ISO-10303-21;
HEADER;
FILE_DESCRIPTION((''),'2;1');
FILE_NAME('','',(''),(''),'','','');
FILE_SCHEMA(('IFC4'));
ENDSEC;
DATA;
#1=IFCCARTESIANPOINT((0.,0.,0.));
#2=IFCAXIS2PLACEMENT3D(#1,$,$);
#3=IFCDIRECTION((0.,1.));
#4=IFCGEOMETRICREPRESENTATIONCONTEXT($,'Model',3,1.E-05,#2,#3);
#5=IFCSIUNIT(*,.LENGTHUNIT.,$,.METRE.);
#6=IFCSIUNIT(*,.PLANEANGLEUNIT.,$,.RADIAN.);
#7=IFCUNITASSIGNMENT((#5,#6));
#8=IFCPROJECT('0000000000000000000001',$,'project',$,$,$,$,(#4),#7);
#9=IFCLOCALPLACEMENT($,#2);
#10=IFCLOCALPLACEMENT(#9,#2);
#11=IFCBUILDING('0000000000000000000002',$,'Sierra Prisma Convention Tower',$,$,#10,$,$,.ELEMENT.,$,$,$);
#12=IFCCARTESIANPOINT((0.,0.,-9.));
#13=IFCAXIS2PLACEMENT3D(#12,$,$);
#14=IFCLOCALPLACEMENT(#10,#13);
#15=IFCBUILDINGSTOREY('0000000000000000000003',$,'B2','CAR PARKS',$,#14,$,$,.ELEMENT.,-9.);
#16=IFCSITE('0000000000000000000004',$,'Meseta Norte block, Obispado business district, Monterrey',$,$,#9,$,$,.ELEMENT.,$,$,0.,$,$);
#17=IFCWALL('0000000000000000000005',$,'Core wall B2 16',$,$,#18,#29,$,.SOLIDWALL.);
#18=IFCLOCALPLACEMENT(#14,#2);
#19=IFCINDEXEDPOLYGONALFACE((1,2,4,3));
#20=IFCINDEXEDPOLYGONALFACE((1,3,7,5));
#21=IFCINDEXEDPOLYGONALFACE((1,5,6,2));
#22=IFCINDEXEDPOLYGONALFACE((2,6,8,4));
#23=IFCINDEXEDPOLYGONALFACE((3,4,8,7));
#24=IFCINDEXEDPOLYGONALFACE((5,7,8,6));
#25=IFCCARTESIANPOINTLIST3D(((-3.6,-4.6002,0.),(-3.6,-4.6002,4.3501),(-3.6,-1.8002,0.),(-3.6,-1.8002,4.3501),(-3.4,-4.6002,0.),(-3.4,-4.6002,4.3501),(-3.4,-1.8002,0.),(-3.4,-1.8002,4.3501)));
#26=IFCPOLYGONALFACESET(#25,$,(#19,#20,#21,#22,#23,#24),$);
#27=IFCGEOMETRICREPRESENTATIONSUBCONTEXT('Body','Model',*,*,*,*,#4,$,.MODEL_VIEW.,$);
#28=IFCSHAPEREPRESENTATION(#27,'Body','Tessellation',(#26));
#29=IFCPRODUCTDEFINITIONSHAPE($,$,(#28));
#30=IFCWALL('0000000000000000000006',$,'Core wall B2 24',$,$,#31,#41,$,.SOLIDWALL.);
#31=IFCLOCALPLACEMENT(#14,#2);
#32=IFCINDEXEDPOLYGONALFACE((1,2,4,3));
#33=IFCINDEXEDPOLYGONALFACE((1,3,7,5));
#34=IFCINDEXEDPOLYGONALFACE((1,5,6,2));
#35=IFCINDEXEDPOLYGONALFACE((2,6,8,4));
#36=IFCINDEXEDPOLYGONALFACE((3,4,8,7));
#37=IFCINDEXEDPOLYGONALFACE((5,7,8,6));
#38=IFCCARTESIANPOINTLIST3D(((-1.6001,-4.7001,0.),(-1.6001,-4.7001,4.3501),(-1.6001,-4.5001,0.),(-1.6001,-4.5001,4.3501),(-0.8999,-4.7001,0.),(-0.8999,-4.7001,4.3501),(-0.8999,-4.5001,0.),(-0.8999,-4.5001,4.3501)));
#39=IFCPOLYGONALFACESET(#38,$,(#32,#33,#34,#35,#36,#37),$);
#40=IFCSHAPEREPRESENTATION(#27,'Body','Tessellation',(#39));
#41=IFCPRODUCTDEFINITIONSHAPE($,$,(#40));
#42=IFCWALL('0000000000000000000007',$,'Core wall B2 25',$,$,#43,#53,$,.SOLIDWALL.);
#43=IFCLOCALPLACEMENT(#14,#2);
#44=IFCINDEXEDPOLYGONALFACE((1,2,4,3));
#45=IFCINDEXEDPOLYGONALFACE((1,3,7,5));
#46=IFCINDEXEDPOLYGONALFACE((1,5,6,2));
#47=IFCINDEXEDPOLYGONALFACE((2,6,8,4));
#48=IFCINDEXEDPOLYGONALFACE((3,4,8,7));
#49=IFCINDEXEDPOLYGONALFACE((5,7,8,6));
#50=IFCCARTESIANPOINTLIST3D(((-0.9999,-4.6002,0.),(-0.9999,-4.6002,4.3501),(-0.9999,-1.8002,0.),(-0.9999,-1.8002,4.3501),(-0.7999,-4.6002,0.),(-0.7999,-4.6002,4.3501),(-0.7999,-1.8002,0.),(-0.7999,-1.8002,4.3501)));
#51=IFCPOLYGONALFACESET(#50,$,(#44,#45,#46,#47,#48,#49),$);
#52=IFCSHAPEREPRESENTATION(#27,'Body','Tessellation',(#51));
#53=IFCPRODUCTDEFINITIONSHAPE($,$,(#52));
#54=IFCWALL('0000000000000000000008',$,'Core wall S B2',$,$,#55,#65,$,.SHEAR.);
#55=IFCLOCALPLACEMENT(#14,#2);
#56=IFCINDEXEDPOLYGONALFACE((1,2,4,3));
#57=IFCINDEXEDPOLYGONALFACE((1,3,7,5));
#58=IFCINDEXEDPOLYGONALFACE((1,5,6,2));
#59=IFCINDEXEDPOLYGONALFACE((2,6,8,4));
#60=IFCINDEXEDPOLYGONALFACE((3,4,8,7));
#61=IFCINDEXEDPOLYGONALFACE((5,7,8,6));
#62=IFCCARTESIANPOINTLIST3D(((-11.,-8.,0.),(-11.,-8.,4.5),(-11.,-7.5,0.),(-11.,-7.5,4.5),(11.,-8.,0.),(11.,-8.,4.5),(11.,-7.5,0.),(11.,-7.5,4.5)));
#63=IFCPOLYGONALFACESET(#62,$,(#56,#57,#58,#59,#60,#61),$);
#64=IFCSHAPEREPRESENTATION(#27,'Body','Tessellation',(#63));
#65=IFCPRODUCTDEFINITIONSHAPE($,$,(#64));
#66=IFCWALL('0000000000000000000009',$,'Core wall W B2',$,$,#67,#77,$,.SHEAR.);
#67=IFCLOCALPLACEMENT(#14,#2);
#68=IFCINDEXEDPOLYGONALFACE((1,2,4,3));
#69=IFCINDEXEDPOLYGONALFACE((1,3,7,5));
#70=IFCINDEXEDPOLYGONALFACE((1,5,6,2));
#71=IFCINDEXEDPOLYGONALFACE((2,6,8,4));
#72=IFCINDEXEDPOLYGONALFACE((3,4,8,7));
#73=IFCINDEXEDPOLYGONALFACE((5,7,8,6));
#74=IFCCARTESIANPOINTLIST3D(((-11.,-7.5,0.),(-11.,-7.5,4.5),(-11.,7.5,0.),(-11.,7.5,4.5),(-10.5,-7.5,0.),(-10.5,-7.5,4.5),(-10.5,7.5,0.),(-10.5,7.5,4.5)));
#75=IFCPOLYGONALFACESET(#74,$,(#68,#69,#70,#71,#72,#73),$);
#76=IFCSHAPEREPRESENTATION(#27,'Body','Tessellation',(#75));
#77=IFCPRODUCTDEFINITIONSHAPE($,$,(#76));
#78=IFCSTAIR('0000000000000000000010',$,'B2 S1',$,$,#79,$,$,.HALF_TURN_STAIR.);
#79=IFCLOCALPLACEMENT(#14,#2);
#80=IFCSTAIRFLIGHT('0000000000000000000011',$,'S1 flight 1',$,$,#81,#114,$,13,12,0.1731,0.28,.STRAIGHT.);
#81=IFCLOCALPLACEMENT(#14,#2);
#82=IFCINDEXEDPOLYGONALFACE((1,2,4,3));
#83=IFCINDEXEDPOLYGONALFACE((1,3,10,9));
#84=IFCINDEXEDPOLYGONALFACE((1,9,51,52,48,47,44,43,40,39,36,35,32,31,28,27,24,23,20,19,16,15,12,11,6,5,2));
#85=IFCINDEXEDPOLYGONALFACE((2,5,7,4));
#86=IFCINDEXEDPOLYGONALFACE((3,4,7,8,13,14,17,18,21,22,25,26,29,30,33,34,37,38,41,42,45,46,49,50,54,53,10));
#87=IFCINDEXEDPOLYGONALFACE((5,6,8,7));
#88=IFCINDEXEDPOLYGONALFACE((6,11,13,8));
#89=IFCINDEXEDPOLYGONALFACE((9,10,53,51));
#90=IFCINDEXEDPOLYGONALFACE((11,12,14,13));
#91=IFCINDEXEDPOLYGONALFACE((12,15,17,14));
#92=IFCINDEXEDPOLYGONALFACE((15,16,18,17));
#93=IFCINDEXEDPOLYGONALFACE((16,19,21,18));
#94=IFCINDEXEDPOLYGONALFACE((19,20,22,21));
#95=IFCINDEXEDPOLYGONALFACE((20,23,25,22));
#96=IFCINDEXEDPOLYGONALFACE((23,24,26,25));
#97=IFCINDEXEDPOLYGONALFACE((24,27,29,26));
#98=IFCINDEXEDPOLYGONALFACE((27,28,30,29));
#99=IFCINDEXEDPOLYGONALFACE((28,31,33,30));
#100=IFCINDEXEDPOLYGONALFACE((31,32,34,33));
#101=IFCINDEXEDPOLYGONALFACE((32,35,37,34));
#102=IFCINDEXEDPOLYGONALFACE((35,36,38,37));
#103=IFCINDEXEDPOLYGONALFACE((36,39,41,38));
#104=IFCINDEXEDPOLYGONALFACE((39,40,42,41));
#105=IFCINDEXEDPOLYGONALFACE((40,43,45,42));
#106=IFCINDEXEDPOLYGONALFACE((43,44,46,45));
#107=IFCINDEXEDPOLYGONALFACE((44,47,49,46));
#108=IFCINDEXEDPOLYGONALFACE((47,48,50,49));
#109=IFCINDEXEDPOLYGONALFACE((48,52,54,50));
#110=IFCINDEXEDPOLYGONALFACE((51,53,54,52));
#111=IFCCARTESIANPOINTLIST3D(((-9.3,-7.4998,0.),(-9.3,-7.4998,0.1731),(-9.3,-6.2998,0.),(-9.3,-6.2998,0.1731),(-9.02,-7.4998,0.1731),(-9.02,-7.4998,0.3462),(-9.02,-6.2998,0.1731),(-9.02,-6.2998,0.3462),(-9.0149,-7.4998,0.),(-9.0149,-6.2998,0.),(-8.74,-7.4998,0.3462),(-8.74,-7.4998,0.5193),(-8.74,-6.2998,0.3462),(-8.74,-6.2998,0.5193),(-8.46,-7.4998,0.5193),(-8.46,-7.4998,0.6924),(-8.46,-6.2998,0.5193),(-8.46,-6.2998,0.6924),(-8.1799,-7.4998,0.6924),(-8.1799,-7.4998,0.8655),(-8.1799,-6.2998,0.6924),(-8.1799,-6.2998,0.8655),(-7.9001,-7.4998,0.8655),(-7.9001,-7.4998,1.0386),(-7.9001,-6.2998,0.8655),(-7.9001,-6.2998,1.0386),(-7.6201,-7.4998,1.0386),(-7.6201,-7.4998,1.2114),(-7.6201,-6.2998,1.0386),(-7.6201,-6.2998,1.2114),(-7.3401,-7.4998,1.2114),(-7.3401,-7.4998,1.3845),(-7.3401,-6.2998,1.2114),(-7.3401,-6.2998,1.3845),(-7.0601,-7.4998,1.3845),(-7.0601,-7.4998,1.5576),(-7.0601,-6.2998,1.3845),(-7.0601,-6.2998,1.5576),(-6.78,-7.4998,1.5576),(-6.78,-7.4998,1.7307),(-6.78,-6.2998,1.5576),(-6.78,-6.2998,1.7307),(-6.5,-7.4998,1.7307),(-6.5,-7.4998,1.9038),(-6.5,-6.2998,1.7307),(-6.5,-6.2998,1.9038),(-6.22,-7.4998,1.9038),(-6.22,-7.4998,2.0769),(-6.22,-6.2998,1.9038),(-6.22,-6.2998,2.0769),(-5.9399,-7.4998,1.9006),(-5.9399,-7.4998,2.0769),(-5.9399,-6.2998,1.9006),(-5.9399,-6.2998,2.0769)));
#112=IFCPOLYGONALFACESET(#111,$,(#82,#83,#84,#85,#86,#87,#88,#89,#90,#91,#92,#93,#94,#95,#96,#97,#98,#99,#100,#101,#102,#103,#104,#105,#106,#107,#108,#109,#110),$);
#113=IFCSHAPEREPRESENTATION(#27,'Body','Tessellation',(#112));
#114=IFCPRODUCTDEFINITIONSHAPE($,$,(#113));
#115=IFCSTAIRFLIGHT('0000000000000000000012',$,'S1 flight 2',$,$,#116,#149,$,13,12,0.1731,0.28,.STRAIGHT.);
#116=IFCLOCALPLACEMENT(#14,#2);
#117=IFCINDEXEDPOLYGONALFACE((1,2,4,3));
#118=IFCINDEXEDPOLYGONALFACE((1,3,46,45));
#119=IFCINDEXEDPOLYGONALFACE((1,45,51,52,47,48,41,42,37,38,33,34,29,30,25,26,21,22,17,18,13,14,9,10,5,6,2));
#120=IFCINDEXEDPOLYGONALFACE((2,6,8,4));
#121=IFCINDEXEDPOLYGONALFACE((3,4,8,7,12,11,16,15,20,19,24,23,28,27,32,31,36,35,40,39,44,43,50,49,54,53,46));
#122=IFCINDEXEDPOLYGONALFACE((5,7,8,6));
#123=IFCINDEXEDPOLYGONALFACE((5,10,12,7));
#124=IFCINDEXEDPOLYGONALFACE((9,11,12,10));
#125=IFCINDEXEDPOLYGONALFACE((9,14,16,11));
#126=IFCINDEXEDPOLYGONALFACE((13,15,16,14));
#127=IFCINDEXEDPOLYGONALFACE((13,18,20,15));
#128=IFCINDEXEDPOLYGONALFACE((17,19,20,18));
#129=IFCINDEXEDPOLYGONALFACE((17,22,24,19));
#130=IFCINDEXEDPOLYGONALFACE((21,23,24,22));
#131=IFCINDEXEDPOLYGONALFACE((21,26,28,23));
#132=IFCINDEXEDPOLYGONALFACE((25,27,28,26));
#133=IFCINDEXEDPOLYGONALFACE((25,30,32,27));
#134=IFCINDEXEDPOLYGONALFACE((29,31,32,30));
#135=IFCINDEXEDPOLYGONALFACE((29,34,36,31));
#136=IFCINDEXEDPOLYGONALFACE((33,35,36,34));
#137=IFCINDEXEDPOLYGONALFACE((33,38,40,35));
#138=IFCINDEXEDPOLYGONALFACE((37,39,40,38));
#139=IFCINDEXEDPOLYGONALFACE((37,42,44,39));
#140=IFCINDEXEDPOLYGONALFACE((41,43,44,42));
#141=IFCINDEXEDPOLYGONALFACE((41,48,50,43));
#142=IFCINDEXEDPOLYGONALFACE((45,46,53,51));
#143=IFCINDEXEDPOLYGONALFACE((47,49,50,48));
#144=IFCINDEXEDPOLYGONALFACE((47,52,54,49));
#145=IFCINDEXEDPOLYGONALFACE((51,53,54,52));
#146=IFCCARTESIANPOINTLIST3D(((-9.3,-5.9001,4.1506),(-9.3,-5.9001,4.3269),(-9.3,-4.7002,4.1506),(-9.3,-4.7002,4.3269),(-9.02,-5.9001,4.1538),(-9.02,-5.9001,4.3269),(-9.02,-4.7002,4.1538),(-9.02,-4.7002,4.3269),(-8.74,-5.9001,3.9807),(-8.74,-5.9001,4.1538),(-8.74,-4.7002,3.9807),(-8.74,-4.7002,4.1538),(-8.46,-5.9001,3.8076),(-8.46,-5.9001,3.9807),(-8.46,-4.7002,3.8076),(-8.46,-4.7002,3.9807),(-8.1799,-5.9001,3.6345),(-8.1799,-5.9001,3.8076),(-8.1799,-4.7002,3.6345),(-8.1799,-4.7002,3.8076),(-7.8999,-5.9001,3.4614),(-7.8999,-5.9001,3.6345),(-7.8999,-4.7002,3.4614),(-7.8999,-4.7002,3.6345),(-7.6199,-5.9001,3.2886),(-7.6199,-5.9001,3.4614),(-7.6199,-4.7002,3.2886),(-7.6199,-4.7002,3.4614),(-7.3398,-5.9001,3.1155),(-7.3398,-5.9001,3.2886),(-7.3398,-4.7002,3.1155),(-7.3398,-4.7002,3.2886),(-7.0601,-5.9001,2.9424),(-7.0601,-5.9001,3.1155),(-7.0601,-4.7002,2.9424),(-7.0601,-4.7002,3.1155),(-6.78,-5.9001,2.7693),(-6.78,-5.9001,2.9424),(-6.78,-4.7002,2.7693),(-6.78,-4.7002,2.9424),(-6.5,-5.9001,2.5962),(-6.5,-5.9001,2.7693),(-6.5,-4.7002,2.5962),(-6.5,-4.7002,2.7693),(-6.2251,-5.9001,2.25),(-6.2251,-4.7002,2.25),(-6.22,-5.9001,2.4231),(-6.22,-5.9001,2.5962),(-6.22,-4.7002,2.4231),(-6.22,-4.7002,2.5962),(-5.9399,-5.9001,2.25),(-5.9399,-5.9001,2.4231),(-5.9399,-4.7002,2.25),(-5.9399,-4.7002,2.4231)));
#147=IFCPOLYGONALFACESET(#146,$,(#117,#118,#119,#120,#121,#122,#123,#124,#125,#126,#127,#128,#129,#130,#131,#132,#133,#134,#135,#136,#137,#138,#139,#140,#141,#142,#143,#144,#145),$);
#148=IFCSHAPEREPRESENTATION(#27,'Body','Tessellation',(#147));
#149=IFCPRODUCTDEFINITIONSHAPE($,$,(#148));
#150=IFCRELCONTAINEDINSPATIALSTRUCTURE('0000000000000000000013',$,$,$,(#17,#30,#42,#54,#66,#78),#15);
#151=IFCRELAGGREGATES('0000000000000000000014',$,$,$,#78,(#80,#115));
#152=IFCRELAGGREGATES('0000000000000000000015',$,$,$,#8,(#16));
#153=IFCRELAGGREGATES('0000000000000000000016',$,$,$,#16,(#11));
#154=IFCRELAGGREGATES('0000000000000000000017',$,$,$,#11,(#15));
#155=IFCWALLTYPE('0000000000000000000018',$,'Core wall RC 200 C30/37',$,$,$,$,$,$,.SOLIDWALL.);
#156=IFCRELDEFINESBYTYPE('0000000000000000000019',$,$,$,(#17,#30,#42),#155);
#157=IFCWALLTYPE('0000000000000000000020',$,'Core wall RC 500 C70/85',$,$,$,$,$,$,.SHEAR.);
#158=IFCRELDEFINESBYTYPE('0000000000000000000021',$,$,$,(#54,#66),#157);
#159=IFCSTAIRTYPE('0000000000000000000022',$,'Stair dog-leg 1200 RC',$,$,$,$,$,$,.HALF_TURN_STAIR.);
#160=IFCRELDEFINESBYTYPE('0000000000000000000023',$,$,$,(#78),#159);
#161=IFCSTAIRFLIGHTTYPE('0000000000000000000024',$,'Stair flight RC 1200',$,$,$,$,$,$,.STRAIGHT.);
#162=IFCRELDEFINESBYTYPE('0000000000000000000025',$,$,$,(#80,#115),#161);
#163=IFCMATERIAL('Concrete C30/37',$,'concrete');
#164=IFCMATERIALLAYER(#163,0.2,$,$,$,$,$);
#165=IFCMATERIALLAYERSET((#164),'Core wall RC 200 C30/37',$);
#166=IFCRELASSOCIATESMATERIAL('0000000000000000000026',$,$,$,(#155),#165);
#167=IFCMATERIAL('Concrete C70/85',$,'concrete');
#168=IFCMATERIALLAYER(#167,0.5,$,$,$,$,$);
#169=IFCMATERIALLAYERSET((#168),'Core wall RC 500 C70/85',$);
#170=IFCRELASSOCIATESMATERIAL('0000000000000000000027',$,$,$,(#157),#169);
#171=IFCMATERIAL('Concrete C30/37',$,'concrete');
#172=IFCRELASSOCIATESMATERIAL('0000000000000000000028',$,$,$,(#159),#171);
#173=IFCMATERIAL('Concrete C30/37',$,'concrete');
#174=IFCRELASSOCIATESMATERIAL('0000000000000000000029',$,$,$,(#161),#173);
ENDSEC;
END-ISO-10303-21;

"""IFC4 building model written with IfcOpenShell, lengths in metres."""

from ifc_helpers import new_model, si_unit, direction, frame, frame_2d, origin, place, context, subcontext, project, spatial, polyline, rectangle, outline, extrude, material, layer, layer_set, type_object, element, aggregate, save


model = new_model("IFC4")

# Units and contexts
model_context = context("Model", 3, precision=1e-05, world=origin(), true_north=direction((0.0, 1.0)))
body_context = subcontext(model_context, "Body", "Model", "MODEL_VIEW")
ifc_project = project(units=[si_unit("LENGTHUNIT", "METRE"), si_unit("PLANEANGLEUNIT", "RADIAN")], contexts=[model_context])

# Site, building, storey
site_placement = place(None, origin())
site = spatial("IfcSite", under=ifc_project, at=site_placement, Name="Meseta Norte block, Obispado business district, Monterrey", CompositionType="ELEMENT", RefElevation=0.0)
building_placement = place(site_placement, origin())
building = spatial("IfcBuilding", under=site, at=building_placement, Name="Sierra Prisma Convention Tower", CompositionType="ELEMENT")
storey_placement = place(building_placement, frame((0.0, 0.0, -9.0)))
storey = spatial("IfcBuildingStorey", under=building, at=storey_placement, Name="B2", Description="CAR PARKS", CompositionType="ELEMENT", Elevation=-9.0)

# Shared definitions
ifc_material_1 = material(Name="Concrete C30/37", Category="concrete")
ifc_layer_1 = layer(ifc_material_1, 0.2)
ifc_layer_set_1 = layer_set([ifc_layer_1], Name="Core wall RC 200 C30/37")
wall_type_1 = type_object("IfcWallType", Name="Core wall RC 200 C30/37", PredefinedType="SOLIDWALL", material=ifc_layer_set_1)

# Wall
wall_1_placement = place(storey_placement, frame((-3.5, -4.6001, 0.0), z_axis=(0.0, 0.0, 1.0), x_axis=(0.0, 1.0, 0.0)))
element("IfcWall", 1, at=wall_1_placement, inside=storey, type_object=wall_type_1, Name="Core wall B2 16", PredefinedType="SOLIDWALL", context=body_context, shape_type="SweptSolid", body=[
    extrude(rectangle(XDim=2.8, YDim=0.2, at=frame_2d((1.3999, 0.0))), origin(), (0.0, 0.0, 1.0), 4.3501),
])

# Walls
wall_2_placement = place(storey_placement, frame((-1.6001, -4.6001, 0.0), z_axis=(0.0, 0.0, 1.0), x_axis=(1.0, 0.0, 0.0)))
element("IfcWall", 2, at=wall_2_placement, inside=storey, type_object=wall_type_1, Name="Core wall B2 24", PredefinedType="SOLIDWALL", context=body_context, shape_type="SweptSolid", body=[
    extrude(rectangle(XDim=0.7002, YDim=0.2, at=frame_2d((0.3501, 0.0))), origin(), (0.0, 0.0, 1.0), 4.3501),
])
wall_3_placement = place(storey_placement, frame((-0.8999, -4.6001, 0.0), z_axis=(0.0, 0.0, 1.0), x_axis=(0.0, 1.0, 0.0)))
element("IfcWall", 3, at=wall_3_placement, inside=storey, type_object=wall_type_1, Name="Core wall B2 25", PredefinedType="SOLIDWALL", context=body_context, shape_type="SweptSolid", body=[
    extrude(rectangle(XDim=2.8, YDim=0.2, at=frame_2d((1.3999, 0.0))), origin(), (0.0, 0.0, 1.0), 4.3501),
])
ifc_material_2 = material(Name="Concrete C70/85", Category="concrete")
ifc_layer_2 = layer(ifc_material_2, 0.5)
ifc_layer_set_2 = layer_set([ifc_layer_2], Name="Core wall RC 500 C70/85")
wall_type_2 = type_object("IfcWallType", Name="Core wall RC 500 C70/85", PredefinedType="SHEAR", material=ifc_layer_set_2)
wall_4_placement = place(storey_placement, frame((-11.0, -7.75, 0.0), z_axis=(0.0, 0.0, 1.0), x_axis=(1.0, 0.0, 0.0)))
element("IfcWall", 4, at=wall_4_placement, inside=storey, type_object=wall_type_2, Name="Core wall S B2", PredefinedType="SHEAR", context=body_context, shape_type="SweptSolid", body=[
    extrude(rectangle(XDim=22.0, YDim=0.5, at=frame_2d((11.0, 0.0))), origin(), (0.0, 0.0, 1.0), 4.5),
])
wall_5_placement = place(storey_placement, frame((-10.75, -7.5, 0.0), z_axis=(0.0, 0.0, 1.0), x_axis=(0.0, 1.0, 0.0)))
element("IfcWall", 5, at=wall_5_placement, inside=storey, type_object=wall_type_2, Name="Core wall W B2", PredefinedType="SHEAR", context=body_context, shape_type="SweptSolid", body=[
    extrude(rectangle(XDim=15.0, YDim=0.5, at=frame_2d((7.5, 0.0))), origin(), (0.0, 0.0, 1.0), 4.5),
])

# Stair, stair flights
ifc_material_3 = material(Name="Concrete C30/37", Category="concrete")
stair_type = type_object("IfcStairType", Name="Stair dog-leg 1200 RC", PredefinedType="HALF_TURN_STAIR", material=ifc_material_3)
stair_placement = place(storey_placement, origin())
stair = element("IfcStair", 6, at=stair_placement, inside=storey, type_object=stair_type, Name="B2 S1", PredefinedType="HALF_TURN_STAIR")
ifc_material_4 = material(Name="Concrete C30/37", Category="concrete")
stair_flight_type = type_object("IfcStairFlightType", Name="Stair flight RC 1200", PredefinedType="STRAIGHT", material=ifc_material_4)
stair_flight_1_placement = place(storey_placement, frame((-9.3, -6.8999, 0.0), z_axis=(0.0, 0.0, 1.0), x_axis=(1.0, 0.0, 0.0)))
stair_flight_1 = element("IfcStairFlight", 7, at=stair_flight_1_placement, type_object=stair_flight_type, Name="S1 flight 1", NumberOfRisers=13, NumberOfTreads=12, PredefinedType="STRAIGHT", RiserHeight=0.1731, TreadLength=0.28, context=body_context, shape_type="SweptSolid", body=[
    extrude(outline(polyline([(0.0, 0.0), (0.0, 0.1731), (0.28, 0.1731), (0.28, 0.3462), (0.5601, 0.3462), (0.5601, 0.5193), (0.8401, 0.5193), (0.8401, 0.6924), (1.1201, 0.6924), (1.1201, 0.8655), (1.3999, 0.8655), (1.3999, 1.0386), (1.6799, 1.0386), (1.6799, 1.2114), (1.96, 1.2114), (1.96, 1.3845), (2.24, 1.3845), (2.24, 1.5576), (2.52, 1.5576), (2.52, 1.7307), (2.8, 1.7307), (2.8, 1.9038), (3.0801, 1.9038), (3.0801, 2.0769), (3.3601, 2.0769), (3.3601, 2.25), (3.3601, 1.9006), (0.2852, 0.0), (0.0, 0.0)])), frame((0.0, 0.6001, 0.0), z_axis=(0.0, -1.0, 0.0), x_axis=(1.0, 0.0, 0.0)), (0.0, 0.0, 1.0), 1.2),
])
stair_flight_2_placement = place(storey_placement, frame((-5.9399, -5.3, 2.25), z_axis=(0.0, 0.0, 1.0), x_axis=(-1.0, 0.0, 0.0)))
stair_flight_2 = element("IfcStairFlight", 8, at=stair_flight_2_placement, type_object=stair_flight_type, Name="S1 flight 2", NumberOfRisers=13, NumberOfTreads=12, PredefinedType="STRAIGHT", RiserHeight=0.1731, TreadLength=0.28, context=body_context, shape_type="SweptSolid", body=[
    extrude(outline(polyline([(0.0, 0.0), (0.0, 0.1731), (0.28, 0.1731), (0.28, 0.3462), (0.5601, 0.3462), (0.5601, 0.5193), (0.8401, 0.5193), (0.8401, 0.6924), (1.1201, 0.6924), (1.1201, 0.8655), (1.3999, 0.8655), (1.3999, 1.0386), (1.6799, 1.0386), (1.6799, 1.2114), (1.96, 1.2114), (1.96, 1.3845), (2.24, 1.3845), (2.24, 1.5576), (2.52, 1.5576), (2.52, 1.7307), (2.8, 1.7307), (2.8, 1.9038), (3.0801, 1.9038), (3.0801, 2.0769), (3.3601, 2.0769), (3.3601, 2.25), (3.3601, 1.9006), (0.2852, 0.0), (0.0, 0.0)])), frame((0.0, 0.6001, 0.0), z_axis=(0.0, -1.0, 0.0), x_axis=(1.0, 0.0, 0.0)), (0.0, 0.0, 1.0), 1.2),
])
aggregate(stair, [stair_flight_1, stair_flight_2])

save(model, "model.ifc")
